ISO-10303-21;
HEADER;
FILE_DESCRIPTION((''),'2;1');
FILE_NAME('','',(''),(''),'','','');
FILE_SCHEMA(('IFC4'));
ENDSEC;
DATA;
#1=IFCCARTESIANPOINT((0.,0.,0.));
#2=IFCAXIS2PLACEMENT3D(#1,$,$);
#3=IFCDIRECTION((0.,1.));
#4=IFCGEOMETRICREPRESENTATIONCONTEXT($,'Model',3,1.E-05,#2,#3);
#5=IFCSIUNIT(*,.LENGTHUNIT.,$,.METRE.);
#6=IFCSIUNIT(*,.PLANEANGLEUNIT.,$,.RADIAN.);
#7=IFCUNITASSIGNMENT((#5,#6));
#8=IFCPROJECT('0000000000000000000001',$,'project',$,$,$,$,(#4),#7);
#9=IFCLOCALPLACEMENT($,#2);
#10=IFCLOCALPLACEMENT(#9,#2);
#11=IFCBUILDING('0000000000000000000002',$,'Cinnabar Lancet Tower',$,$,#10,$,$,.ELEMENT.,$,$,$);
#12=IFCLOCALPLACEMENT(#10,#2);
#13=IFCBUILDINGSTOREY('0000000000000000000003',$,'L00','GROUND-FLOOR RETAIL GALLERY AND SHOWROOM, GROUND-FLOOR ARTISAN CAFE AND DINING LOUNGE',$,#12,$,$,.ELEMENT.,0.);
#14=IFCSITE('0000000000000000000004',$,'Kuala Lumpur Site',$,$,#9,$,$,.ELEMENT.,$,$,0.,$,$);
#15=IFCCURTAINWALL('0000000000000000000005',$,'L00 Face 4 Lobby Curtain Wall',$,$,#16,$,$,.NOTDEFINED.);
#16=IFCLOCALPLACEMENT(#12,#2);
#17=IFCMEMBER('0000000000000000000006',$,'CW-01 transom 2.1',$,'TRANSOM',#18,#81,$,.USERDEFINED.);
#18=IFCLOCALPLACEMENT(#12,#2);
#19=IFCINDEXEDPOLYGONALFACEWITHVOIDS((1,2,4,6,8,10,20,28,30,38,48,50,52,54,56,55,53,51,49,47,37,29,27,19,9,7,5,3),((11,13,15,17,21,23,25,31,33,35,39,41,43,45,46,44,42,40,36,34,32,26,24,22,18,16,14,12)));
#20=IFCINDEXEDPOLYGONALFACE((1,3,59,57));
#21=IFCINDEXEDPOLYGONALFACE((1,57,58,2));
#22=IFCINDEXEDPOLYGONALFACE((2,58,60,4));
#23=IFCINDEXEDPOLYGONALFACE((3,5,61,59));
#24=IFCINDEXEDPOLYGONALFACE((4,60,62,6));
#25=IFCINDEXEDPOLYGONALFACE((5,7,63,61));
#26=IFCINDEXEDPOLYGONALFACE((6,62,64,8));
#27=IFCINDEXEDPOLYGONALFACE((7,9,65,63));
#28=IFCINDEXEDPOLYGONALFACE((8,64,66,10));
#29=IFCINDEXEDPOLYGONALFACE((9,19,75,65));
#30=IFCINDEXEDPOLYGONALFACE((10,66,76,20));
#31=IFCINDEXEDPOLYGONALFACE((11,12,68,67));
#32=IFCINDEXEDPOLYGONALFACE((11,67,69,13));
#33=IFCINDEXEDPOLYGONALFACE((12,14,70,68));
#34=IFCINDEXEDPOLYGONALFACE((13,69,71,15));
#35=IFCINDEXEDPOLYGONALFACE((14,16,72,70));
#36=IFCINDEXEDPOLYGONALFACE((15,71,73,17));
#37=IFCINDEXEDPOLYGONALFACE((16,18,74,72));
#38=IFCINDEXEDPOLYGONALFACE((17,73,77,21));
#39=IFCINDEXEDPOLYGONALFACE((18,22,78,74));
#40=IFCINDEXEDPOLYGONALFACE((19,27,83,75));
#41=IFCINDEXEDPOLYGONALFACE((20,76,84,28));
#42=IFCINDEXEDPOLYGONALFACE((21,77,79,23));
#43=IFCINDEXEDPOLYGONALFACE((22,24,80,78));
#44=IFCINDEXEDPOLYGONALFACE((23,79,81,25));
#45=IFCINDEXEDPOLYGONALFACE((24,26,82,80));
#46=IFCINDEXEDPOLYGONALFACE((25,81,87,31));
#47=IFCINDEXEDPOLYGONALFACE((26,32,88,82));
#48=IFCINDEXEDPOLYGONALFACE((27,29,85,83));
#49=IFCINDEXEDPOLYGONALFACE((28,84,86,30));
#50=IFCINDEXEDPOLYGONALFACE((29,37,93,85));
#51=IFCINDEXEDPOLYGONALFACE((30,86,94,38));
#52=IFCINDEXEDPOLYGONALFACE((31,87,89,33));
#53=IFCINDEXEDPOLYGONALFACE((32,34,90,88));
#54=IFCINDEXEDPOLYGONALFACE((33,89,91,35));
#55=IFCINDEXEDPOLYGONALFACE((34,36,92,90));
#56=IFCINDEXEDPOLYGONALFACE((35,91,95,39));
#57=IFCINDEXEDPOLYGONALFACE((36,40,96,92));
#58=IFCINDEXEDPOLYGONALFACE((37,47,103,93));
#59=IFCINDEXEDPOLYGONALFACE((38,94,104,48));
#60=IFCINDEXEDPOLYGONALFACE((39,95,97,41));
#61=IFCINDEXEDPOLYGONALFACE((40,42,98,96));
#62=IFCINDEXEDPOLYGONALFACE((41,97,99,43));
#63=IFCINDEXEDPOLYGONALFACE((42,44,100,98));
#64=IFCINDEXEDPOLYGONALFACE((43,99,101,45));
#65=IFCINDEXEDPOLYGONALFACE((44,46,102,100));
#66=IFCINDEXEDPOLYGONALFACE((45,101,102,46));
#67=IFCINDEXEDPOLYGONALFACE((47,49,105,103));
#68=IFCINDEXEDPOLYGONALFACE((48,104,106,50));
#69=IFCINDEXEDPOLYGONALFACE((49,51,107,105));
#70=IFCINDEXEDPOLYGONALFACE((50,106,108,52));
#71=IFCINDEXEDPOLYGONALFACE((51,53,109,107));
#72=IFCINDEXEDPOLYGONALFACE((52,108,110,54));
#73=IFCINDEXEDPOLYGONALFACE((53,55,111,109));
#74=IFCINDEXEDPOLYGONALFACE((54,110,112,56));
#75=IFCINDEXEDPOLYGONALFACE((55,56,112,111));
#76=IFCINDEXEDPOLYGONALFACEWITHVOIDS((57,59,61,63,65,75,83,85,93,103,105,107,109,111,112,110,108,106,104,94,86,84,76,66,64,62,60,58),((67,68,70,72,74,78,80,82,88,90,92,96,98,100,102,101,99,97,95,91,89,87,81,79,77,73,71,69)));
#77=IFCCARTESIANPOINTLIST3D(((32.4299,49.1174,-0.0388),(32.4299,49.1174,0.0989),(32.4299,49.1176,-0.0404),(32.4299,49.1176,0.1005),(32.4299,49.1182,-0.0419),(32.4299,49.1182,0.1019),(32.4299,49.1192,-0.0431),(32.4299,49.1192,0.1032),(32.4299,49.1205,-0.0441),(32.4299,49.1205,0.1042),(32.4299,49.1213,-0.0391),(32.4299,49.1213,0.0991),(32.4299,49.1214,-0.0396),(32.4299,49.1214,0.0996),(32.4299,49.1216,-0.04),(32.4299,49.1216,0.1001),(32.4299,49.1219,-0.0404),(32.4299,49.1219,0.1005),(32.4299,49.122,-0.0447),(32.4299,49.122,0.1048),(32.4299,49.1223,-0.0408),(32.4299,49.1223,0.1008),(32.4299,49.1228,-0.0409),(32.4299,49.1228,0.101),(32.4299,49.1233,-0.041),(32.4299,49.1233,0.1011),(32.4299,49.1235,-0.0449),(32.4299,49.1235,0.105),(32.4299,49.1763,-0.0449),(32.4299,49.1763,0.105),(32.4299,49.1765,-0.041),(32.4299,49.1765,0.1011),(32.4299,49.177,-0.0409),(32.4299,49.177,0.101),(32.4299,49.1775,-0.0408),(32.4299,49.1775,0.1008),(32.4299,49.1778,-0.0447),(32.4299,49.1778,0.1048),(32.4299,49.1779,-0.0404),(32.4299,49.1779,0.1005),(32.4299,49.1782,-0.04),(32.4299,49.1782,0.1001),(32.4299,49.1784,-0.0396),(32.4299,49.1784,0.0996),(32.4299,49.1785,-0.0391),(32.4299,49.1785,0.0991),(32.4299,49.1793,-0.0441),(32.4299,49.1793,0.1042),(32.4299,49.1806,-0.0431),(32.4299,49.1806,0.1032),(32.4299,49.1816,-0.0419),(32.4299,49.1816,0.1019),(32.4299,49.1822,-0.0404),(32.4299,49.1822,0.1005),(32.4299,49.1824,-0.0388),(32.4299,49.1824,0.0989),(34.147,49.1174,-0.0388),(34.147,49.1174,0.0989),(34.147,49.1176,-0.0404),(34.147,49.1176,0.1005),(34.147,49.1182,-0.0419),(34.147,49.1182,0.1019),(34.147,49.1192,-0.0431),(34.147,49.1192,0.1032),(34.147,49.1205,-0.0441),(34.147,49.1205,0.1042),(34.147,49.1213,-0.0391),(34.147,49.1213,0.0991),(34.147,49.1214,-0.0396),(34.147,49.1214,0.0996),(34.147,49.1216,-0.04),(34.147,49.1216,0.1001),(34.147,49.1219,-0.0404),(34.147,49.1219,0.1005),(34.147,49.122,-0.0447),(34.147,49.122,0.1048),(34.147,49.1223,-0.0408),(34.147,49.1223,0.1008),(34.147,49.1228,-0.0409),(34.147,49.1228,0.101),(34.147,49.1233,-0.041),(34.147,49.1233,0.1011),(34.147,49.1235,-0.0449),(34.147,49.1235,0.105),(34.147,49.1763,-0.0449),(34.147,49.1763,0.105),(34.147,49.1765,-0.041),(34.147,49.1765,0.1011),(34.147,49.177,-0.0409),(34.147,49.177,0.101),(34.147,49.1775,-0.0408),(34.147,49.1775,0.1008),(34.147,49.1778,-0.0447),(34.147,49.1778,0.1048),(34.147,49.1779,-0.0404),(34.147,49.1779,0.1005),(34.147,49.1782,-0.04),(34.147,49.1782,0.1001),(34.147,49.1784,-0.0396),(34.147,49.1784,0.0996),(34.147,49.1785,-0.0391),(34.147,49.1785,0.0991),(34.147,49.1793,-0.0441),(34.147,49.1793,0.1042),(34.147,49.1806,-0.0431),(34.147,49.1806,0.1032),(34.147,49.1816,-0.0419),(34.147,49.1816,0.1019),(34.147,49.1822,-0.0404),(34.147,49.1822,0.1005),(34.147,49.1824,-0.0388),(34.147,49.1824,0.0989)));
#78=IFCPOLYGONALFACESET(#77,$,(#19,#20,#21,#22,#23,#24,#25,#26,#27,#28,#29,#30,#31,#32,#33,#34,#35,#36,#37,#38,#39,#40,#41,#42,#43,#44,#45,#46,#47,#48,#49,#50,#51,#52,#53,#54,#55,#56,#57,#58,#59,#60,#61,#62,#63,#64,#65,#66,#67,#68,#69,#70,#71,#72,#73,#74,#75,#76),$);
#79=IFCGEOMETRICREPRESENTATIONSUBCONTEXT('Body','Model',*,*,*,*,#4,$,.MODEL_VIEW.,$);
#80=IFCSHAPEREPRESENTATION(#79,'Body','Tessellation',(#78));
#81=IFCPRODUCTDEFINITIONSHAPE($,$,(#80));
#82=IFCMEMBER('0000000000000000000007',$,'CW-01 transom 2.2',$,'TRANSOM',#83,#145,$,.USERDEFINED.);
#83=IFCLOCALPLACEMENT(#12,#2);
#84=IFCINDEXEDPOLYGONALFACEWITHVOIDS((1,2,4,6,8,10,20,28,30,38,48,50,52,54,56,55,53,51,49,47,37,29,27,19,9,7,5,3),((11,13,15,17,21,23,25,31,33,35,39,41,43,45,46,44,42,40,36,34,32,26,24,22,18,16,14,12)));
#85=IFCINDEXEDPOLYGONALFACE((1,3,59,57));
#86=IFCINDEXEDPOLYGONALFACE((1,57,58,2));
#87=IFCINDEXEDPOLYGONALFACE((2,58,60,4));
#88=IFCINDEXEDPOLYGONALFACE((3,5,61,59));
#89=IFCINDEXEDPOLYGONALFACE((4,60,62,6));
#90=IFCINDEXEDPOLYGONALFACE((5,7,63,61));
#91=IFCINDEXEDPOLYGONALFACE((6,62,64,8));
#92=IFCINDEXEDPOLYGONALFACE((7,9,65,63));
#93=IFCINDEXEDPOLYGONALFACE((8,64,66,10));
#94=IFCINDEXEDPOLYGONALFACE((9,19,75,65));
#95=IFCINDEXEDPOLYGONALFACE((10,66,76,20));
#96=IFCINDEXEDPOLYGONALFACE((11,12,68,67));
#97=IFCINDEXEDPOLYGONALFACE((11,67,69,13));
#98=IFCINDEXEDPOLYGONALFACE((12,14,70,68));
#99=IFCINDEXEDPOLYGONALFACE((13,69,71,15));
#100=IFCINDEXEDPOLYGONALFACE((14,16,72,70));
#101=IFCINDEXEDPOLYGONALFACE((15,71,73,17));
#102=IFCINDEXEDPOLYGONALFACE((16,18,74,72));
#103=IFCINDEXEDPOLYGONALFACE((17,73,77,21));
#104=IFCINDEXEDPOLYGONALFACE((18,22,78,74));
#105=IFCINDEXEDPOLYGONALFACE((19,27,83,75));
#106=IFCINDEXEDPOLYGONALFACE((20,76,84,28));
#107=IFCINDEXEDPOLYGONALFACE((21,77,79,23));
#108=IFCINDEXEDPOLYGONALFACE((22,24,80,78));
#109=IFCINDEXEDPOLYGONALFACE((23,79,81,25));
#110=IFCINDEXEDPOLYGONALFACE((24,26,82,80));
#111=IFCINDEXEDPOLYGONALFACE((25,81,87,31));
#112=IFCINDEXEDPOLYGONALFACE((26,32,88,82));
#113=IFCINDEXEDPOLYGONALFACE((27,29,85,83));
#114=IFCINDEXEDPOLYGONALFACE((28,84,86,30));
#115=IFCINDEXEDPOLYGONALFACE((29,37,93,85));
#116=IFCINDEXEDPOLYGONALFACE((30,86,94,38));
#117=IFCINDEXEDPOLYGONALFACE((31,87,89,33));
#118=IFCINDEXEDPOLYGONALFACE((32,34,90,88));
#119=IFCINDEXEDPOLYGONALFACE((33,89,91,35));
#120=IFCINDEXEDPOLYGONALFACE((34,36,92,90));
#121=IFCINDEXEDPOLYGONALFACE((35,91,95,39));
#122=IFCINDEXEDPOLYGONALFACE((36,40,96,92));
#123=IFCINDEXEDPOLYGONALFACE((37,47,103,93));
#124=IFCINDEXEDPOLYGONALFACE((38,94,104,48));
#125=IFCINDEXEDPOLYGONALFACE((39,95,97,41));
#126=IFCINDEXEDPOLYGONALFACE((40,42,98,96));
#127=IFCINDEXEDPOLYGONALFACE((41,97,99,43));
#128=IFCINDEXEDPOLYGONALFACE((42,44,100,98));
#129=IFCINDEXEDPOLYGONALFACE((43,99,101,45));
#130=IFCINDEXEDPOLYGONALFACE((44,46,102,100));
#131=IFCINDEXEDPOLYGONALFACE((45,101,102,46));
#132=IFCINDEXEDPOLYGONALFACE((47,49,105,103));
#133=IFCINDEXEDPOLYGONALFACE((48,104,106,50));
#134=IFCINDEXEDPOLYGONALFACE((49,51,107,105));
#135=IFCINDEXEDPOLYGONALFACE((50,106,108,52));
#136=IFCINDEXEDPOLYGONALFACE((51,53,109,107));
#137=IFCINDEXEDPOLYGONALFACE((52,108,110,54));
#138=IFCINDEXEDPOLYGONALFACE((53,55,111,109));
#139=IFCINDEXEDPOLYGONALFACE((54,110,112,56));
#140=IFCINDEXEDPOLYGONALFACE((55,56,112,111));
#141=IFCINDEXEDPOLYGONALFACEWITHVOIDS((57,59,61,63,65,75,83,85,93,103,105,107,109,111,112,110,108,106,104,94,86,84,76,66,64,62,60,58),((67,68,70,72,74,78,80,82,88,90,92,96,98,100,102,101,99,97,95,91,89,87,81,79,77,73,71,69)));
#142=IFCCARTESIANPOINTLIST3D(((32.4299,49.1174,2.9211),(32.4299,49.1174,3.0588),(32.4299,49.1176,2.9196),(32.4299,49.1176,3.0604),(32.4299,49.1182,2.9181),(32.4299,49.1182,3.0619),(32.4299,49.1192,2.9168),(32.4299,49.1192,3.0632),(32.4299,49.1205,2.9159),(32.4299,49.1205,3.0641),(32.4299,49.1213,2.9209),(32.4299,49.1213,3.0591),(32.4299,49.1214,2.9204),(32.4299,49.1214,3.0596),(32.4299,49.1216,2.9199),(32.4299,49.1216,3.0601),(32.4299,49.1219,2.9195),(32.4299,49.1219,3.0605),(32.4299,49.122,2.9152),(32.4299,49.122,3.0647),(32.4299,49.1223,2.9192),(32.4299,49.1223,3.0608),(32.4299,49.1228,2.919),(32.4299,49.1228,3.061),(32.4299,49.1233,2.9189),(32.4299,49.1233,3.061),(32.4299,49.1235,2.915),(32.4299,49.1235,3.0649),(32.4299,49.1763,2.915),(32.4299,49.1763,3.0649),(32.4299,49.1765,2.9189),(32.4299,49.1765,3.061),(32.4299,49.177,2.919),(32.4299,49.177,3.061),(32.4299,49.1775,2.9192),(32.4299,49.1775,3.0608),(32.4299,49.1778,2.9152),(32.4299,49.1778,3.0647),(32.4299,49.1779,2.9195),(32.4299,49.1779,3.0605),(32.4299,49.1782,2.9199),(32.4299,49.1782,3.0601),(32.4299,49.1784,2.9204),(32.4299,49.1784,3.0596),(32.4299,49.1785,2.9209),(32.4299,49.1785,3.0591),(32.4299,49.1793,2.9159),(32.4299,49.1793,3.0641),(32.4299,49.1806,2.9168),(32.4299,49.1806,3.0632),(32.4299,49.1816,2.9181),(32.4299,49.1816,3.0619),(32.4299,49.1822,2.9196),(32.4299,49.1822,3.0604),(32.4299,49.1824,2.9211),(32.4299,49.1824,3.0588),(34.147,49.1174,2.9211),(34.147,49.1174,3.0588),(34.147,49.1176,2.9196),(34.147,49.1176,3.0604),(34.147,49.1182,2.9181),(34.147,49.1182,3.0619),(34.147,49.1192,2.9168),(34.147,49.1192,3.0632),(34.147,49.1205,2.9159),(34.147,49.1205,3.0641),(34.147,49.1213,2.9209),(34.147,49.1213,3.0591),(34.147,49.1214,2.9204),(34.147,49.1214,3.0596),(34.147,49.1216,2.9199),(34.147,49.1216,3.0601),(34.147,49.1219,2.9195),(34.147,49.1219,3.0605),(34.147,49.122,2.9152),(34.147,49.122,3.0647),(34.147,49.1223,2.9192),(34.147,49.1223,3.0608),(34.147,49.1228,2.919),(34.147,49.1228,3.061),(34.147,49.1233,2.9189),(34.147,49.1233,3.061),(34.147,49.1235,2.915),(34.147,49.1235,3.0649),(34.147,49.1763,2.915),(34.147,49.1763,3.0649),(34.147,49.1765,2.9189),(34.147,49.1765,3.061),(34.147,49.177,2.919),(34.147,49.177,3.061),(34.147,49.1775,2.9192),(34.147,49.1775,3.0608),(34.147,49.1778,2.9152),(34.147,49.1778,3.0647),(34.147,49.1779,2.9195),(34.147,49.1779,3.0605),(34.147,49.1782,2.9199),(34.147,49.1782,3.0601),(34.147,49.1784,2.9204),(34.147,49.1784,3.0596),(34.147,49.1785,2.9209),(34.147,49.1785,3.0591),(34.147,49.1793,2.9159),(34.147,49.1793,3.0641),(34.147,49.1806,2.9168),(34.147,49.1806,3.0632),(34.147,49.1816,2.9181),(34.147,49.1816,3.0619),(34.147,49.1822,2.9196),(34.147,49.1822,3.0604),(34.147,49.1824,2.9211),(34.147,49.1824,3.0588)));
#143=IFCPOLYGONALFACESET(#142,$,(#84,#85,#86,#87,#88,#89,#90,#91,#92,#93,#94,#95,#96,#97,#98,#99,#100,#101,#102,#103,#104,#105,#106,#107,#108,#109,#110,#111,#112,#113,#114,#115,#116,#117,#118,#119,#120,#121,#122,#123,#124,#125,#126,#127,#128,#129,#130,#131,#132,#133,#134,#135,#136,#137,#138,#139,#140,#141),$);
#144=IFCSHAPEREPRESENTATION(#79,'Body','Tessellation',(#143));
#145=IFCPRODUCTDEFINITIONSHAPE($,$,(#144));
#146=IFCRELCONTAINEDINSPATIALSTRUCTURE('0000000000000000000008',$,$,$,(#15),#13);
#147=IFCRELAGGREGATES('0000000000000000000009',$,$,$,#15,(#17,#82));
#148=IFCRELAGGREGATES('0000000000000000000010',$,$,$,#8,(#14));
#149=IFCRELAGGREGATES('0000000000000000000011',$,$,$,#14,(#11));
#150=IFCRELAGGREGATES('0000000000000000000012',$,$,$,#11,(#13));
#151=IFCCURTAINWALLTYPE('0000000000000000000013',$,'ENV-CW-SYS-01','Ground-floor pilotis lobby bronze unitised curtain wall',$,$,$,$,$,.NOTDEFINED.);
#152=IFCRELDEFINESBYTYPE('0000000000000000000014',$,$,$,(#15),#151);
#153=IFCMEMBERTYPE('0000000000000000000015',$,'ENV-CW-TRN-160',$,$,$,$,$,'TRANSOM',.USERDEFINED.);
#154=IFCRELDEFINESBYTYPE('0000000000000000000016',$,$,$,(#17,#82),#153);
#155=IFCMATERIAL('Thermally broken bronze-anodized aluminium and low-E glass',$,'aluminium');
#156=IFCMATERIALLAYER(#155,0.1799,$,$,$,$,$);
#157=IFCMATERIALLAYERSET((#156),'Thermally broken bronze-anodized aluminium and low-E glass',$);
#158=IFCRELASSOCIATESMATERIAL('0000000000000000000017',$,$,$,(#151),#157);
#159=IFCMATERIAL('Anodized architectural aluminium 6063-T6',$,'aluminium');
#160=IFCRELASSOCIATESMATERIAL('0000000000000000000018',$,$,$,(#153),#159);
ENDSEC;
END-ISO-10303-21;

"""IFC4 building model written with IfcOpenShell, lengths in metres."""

from ifc_helpers import new_model, si_unit, direction, frame, origin, origin_2d, place, context, subcontext, project, spatial, hollow_rectangle, extrude, material, layer, layer_set, material_profile, profile_set, type_object, element, aggregate, save


model = new_model("IFC4")

# Units and contexts
model_context = context("Model", 3, precision=1e-05, world=origin(), true_north=direction((0.0, 1.0)))
body_context = subcontext(model_context, "Body", "Model", "MODEL_VIEW")
ifc_project = project(units=[si_unit("LENGTHUNIT", "METRE"), si_unit("PLANEANGLEUNIT", "RADIAN")], contexts=[model_context])

# Site, building, storey
site_placement = place(None, origin())
site = spatial("IfcSite", under=ifc_project, at=site_placement, Name="Kuala Lumpur Site", CompositionType="ELEMENT", RefElevation=0.0)
building_placement = place(site_placement, origin())
building = spatial("IfcBuilding", under=site, at=building_placement, Name="Cinnabar Lancet Tower", CompositionType="ELEMENT")
storey_placement = place(building_placement, origin())
storey = spatial("IfcBuildingStorey", under=building, at=storey_placement, Name="L00", Description="GROUND-FLOOR RETAIL GALLERY AND SHOWROOM, GROUND-FLOOR ARTISAN CAFE AND DINING LOUNGE", CompositionType="ELEMENT", Elevation=0.0)

# Curtain wall, members
ifc_material_1 = material(Name="Thermally broken bronze-anodized aluminium and low-E glass", Category="aluminium")
ifc_layer_1 = layer(ifc_material_1, 0.1799)
ifc_layer_set_1 = layer_set([ifc_layer_1], Name="Thermally broken bronze-anodized aluminium and low-E glass")
curtain_wall_type = type_object("IfcCurtainWallType", Name="ENV-CW-SYS-01", Description="Ground-floor pilotis lobby bronze unitised curtain wall", PredefinedType="NOTDEFINED", material=ifc_layer_set_1)
curtain_wall_placement = place(storey_placement, origin())
curtain_wall = element("IfcCurtainWall", 1, at=curtain_wall_placement, inside=storey, type_object=curtain_wall_type, Name="L00 Face 4 Lobby Curtain Wall", PredefinedType="NOTDEFINED")
ifc_material_2 = material(Name="Anodized architectural aluminium 6063-T6", Category="aluminium")
ifc_material_profile_1 = material_profile(ifc_material_2, hollow_rectangle(XDim=0.0649, YDim=0.1499, WallThickness=0.0039, InnerFilletRadius=0.002, OuterFilletRadius=0.0061, at=origin_2d()), Name="CW-TRN 150x65x4")
ifc_profile_set_1 = profile_set([ifc_material_profile_1], Name="Anodized architectural aluminium 6063-T6")
member_type_1 = type_object("IfcMemberType", Name="ENV-CW-TRN-160", ElementType="TRANSOM", PredefinedType="USERDEFINED", material=ifc_profile_set_1)
member_1_placement = place(storey_placement, frame((32.4299, 49.1499, 0.03), z_axis=(1.0, 0.0, 0.0), x_axis=(0.0, 1.0, 0.0)))
member_1 = element("IfcMember", 2, at=member_1_placement, type_object=member_type_1, Name="CW-01 transom 2.1", ObjectType="TRANSOM", PredefinedType="USERDEFINED", context=body_context, shape_type="SweptSolid", body=[
    extrude(hollow_rectangle(XDim=0.0649, YDim=0.1499, WallThickness=0.0039, InnerFilletRadius=0.002, OuterFilletRadius=0.0061, at=origin_2d()), origin(), (0.0, 0.0, 1.0), 1.717),
])
member_2_placement = place(storey_placement, frame((32.4299, 49.1499, 2.99), z_axis=(1.0, 0.0, 0.0), x_axis=(0.0, 1.0, 0.0)))
member_2 = element("IfcMember", 3, at=member_2_placement, type_object=member_type_1, Name="CW-01 transom 2.2", ObjectType="TRANSOM", PredefinedType="USERDEFINED", context=body_context, shape_type="SweptSolid", body=[
    extrude(hollow_rectangle(XDim=0.0649, YDim=0.1499, WallThickness=0.0039, InnerFilletRadius=0.002, OuterFilletRadius=0.0061, at=origin_2d()), origin(), (0.0, 0.0, 1.0), 1.717),
])

aggregate(curtain_wall, [member_1, member_2])

save(model, "model.ifc")
